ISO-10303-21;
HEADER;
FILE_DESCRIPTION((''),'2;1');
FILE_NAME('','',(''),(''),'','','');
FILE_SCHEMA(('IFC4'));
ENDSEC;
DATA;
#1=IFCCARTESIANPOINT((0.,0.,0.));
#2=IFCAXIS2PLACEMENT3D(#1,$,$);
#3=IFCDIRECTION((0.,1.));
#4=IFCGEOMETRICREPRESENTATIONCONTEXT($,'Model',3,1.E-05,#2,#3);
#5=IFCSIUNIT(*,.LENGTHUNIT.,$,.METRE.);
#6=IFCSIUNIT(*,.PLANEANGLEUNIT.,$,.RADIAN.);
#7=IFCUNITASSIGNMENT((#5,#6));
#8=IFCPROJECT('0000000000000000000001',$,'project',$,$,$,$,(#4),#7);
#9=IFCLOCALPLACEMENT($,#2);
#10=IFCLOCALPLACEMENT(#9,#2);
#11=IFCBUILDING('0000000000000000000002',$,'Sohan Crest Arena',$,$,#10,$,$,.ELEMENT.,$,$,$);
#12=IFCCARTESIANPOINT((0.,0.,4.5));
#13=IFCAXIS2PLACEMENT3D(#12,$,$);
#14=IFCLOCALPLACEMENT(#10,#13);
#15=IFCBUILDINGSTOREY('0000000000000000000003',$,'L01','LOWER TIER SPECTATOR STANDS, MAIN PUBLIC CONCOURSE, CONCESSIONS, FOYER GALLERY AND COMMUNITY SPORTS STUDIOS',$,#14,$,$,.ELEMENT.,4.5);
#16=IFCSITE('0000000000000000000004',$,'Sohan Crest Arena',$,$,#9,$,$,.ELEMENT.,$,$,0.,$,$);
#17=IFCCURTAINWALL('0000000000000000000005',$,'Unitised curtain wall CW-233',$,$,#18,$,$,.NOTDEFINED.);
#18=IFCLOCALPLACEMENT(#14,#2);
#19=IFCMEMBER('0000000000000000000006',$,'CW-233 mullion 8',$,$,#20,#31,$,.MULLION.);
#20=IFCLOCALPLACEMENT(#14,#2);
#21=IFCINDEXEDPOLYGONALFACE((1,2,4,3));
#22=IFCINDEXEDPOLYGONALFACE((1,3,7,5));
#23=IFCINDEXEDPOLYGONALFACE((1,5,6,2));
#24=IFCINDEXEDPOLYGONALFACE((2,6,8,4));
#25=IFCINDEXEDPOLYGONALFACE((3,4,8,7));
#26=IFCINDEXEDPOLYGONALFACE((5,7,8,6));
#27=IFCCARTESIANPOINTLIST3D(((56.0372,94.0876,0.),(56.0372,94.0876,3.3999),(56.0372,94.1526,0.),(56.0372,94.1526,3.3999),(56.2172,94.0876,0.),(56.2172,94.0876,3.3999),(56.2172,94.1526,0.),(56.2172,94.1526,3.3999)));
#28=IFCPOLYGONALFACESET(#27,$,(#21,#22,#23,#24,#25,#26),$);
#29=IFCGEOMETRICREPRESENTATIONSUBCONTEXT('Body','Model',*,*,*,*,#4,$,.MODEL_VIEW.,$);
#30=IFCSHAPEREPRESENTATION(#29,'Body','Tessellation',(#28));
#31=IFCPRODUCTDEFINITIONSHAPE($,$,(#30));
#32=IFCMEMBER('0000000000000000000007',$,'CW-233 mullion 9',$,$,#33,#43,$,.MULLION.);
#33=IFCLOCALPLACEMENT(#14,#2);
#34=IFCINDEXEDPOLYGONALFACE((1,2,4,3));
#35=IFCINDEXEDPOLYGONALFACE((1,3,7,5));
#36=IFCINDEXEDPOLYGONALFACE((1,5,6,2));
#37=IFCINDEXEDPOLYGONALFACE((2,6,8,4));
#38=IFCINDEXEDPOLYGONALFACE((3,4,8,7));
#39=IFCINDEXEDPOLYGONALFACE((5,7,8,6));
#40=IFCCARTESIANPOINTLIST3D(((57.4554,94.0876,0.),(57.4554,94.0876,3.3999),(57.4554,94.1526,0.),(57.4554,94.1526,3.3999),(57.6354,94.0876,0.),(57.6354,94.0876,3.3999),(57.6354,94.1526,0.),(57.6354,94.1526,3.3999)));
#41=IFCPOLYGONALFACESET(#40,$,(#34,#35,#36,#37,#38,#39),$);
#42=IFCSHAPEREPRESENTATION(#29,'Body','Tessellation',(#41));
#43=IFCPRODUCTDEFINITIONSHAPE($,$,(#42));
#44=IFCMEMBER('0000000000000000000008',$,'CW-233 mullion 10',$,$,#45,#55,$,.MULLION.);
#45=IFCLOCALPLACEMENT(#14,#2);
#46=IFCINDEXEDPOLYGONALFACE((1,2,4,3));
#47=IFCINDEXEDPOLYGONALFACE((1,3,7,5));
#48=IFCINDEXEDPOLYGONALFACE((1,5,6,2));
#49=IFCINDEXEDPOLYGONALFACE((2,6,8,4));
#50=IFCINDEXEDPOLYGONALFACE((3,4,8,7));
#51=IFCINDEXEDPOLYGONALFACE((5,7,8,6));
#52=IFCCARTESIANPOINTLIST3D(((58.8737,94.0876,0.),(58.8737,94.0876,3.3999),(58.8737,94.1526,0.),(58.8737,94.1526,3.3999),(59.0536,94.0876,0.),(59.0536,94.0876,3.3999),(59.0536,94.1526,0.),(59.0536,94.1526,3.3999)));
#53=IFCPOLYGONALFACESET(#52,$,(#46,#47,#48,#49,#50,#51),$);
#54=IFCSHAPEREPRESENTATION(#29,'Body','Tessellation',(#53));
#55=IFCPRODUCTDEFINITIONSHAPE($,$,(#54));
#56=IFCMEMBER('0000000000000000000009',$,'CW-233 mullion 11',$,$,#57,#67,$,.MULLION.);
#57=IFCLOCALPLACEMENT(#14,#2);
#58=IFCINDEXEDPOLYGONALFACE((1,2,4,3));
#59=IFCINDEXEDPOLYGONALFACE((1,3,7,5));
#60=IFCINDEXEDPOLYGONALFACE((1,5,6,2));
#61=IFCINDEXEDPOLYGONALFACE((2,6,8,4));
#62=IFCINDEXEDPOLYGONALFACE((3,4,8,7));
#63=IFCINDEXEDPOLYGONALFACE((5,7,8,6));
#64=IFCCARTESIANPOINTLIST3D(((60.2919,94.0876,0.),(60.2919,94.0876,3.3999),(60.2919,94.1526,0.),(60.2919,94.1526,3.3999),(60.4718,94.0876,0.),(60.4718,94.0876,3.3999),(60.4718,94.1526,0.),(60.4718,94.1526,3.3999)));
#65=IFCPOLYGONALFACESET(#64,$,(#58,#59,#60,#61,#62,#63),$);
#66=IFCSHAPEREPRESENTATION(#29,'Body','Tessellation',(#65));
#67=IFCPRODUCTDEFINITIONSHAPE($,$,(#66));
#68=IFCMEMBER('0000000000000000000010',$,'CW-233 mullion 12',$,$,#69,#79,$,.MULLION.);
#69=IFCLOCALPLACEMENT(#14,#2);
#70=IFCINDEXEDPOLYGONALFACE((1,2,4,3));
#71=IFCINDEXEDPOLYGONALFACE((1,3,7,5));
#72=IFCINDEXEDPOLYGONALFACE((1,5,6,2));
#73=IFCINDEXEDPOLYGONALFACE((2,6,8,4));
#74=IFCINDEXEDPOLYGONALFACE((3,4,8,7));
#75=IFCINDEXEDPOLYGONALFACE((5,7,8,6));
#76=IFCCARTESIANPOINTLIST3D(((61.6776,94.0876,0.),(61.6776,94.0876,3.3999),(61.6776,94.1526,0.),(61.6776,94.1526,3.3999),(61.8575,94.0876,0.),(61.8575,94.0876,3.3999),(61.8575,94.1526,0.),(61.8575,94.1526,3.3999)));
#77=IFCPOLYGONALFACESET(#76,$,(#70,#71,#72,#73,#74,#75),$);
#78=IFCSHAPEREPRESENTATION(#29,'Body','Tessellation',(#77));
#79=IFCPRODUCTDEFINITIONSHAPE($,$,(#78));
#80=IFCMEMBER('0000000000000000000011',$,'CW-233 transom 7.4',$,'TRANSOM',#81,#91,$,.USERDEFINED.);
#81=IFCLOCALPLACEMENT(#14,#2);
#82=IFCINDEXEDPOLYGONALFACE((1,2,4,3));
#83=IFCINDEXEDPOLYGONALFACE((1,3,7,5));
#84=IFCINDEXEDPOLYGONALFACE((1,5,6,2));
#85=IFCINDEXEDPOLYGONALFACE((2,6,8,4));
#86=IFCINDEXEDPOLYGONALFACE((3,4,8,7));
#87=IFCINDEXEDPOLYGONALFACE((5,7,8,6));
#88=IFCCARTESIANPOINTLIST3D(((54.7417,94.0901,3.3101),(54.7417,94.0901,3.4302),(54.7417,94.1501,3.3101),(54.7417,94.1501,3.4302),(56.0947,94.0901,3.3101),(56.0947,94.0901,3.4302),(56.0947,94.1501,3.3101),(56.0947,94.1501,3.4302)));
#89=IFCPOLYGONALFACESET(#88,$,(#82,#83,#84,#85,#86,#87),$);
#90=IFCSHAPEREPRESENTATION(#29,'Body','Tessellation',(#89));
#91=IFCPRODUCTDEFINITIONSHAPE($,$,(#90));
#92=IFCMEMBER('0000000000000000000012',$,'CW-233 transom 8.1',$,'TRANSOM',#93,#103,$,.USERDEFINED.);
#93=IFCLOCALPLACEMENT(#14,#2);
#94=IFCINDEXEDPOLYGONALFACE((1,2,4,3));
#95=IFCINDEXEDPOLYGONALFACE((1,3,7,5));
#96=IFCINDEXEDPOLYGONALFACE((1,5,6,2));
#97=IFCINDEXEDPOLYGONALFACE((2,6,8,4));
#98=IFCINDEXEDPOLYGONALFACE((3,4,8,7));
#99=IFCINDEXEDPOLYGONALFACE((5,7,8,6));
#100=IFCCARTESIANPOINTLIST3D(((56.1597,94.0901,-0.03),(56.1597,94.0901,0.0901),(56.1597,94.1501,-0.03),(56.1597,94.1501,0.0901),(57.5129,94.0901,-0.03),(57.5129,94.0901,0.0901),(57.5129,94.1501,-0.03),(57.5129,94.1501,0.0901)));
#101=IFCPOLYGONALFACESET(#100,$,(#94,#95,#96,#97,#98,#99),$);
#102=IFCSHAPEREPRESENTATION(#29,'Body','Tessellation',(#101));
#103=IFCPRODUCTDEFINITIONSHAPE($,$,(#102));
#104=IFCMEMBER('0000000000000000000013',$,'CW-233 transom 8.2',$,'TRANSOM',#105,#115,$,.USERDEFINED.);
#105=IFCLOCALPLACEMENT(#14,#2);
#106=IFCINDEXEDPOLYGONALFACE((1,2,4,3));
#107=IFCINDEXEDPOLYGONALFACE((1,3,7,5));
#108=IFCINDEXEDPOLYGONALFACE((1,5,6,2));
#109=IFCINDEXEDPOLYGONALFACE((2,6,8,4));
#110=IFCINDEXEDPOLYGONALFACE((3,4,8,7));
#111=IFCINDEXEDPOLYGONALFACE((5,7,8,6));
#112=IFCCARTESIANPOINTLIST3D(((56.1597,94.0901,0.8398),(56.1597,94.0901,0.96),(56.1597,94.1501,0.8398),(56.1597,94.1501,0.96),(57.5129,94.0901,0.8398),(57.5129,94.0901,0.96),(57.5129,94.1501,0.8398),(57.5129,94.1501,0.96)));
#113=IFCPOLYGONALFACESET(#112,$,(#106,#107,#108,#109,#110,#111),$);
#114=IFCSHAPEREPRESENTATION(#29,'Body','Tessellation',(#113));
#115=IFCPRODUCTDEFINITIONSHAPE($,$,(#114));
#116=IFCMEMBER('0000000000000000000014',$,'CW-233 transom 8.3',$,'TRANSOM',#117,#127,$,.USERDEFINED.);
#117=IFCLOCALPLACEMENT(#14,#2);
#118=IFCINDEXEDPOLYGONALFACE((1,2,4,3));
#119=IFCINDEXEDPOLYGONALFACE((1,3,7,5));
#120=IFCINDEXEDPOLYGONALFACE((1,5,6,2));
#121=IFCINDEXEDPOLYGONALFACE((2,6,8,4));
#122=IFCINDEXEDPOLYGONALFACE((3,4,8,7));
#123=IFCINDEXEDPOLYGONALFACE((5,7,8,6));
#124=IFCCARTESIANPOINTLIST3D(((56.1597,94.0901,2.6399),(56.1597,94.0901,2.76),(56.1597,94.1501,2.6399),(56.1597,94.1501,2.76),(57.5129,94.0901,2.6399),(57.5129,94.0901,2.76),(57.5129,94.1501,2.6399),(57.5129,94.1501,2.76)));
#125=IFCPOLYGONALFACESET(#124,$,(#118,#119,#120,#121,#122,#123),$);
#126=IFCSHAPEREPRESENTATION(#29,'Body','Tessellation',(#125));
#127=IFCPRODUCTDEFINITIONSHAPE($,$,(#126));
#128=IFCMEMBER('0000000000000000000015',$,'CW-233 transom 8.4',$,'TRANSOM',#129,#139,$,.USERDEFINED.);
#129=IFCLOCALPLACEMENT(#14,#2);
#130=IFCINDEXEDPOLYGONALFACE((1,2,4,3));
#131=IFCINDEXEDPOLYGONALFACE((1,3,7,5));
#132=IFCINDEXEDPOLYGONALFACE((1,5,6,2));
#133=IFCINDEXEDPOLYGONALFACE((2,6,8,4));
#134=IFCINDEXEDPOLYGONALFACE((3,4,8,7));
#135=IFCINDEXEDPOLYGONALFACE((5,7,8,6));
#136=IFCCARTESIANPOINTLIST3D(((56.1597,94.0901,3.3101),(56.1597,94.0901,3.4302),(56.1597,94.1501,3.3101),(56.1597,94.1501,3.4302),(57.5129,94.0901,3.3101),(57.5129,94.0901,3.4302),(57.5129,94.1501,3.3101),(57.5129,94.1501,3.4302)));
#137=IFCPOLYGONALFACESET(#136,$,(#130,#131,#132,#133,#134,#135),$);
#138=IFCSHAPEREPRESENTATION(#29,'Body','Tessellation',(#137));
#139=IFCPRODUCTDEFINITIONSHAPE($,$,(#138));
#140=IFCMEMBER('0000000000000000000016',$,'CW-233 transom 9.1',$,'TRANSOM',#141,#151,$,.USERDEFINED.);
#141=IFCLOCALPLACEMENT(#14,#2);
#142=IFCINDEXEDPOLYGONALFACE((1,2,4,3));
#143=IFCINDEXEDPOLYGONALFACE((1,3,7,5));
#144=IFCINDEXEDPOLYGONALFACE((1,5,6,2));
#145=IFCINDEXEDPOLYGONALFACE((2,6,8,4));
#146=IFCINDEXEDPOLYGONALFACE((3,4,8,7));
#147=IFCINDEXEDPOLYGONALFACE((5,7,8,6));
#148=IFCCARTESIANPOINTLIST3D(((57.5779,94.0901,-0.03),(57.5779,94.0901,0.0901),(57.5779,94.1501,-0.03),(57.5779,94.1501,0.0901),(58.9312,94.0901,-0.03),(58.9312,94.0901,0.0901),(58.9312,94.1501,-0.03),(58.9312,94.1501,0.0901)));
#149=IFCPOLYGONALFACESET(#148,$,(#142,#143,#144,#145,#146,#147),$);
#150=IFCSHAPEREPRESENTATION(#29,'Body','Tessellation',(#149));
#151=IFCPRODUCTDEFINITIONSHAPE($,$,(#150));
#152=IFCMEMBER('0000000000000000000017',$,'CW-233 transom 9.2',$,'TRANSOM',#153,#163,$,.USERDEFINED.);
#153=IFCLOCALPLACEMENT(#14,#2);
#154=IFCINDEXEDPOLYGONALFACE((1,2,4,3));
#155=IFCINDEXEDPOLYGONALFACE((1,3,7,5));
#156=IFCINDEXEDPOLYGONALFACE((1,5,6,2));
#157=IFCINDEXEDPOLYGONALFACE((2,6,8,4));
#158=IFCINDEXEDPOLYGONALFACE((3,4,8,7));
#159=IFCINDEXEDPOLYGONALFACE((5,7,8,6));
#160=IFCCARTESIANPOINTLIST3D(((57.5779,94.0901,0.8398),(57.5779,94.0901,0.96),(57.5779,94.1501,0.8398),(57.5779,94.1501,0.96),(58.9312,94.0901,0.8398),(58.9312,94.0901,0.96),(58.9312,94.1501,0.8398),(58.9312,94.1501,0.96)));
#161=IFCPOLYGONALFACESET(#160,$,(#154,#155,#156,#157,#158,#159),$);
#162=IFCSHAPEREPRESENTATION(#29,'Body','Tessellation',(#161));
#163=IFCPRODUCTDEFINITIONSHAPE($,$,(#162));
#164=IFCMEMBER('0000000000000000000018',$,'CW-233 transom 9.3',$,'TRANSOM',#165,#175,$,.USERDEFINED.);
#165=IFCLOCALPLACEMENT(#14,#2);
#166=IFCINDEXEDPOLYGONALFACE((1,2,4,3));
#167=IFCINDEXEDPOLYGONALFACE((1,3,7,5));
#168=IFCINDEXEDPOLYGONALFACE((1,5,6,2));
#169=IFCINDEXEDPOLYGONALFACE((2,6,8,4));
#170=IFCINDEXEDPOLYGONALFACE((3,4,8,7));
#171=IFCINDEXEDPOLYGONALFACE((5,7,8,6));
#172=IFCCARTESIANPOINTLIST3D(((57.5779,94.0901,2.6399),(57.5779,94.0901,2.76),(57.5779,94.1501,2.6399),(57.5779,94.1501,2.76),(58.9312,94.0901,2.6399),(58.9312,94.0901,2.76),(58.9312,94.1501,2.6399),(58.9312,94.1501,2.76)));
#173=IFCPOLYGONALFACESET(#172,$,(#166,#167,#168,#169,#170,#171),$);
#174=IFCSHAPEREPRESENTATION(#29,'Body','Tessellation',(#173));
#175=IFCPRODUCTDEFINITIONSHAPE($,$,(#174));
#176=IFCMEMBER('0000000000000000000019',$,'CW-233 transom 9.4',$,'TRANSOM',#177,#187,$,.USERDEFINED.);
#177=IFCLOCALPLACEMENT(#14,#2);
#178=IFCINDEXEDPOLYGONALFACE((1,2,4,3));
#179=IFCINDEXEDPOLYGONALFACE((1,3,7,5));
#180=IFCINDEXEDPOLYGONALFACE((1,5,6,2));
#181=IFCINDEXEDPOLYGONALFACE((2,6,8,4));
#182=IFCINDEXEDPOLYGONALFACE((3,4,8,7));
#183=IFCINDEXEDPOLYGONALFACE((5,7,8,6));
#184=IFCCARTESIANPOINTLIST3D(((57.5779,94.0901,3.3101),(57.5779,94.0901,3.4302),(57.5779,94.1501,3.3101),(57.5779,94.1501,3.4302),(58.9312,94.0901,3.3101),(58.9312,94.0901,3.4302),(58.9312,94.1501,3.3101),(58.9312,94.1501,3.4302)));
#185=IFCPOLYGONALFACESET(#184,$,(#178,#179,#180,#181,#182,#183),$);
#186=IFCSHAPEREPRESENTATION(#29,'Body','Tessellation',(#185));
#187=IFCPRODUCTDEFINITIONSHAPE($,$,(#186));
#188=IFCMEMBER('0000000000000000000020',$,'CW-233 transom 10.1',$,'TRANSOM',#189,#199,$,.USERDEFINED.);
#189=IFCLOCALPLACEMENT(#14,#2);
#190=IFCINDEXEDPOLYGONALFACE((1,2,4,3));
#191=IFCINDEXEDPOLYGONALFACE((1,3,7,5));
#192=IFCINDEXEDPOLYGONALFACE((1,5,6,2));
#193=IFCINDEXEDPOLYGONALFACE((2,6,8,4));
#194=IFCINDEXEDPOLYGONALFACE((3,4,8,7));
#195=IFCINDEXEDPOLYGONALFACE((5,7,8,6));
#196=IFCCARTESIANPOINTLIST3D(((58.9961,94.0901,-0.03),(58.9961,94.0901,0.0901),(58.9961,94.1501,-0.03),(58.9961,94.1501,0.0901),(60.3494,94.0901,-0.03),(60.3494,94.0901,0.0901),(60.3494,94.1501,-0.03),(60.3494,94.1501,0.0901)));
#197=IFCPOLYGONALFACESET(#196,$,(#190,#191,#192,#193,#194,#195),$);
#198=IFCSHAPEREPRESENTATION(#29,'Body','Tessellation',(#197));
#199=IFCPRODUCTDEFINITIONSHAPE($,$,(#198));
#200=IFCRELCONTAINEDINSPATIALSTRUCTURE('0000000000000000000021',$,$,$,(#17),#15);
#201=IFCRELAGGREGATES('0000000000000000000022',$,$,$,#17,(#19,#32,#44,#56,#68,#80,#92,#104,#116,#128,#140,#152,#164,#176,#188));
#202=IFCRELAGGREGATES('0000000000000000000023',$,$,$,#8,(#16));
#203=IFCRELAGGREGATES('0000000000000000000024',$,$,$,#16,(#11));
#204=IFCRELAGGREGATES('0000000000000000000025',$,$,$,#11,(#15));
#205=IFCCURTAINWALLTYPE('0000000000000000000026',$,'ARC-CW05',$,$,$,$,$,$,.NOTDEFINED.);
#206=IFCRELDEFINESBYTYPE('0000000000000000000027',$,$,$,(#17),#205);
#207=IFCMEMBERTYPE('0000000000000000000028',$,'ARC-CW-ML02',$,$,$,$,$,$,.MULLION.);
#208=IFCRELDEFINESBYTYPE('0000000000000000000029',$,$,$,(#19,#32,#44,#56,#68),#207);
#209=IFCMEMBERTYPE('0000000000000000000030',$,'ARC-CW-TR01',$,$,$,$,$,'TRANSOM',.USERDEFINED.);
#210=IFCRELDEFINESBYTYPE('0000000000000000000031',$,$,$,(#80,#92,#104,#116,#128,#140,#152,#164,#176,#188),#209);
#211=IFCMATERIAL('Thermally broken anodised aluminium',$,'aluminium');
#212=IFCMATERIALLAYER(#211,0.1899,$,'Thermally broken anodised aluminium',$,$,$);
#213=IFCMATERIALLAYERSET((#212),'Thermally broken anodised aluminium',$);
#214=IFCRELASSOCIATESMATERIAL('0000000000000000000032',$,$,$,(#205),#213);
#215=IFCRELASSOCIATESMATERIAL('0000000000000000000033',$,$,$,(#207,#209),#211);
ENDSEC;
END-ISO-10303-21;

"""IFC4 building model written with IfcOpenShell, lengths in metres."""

from ifc_helpers import new_model, si_unit, direction, frame, origin, origin_2d, place, context, subcontext, project, spatial, rectangle, extrude, material, layer, layer_set, material_profile, profile_set, type_object, element, aggregate, save


model = new_model("IFC4")

# Units and contexts
model_context = context("Model", 3, precision=1e-05, world=origin(), true_north=direction((0.0, 1.0)))
body_context = subcontext(model_context, "Body", "Model", "MODEL_VIEW")
ifc_project = project(units=[si_unit("LENGTHUNIT", "METRE"), si_unit("PLANEANGLEUNIT", "RADIAN")], contexts=[model_context])

# Site, building, storey
site_placement = place(None, origin())
site = spatial("IfcSite", under=ifc_project, at=site_placement, Name="Sohan Crest Arena", CompositionType="ELEMENT", RefElevation=0.0)
building_placement = place(site_placement, origin())
building = spatial("IfcBuilding", under=site, at=building_placement, Name="Sohan Crest Arena", CompositionType="ELEMENT")
storey_placement = place(building_placement, frame((0.0, 0.0, 4.5)))
storey = spatial("IfcBuildingStorey", under=building, at=storey_placement, Name="L01", Description="LOWER TIER SPECTATOR STANDS, MAIN PUBLIC CONCOURSE, CONCESSIONS, FOYER GALLERY AND COMMUNITY SPORTS STUDIOS", CompositionType="ELEMENT", Elevation=4.5)

# Curtain wall, members
ifc_material_1 = material(Name="Thermally broken anodised aluminium", Category="aluminium")
ifc_layer_1 = layer(ifc_material_1, 0.1899, Name="Thermally broken anodised aluminium")
ifc_layer_set_1 = layer_set([ifc_layer_1], Name="Thermally broken anodised aluminium")
curtain_wall_type = type_object("IfcCurtainWallType", Name="ARC-CW05", PredefinedType="NOTDEFINED", material=ifc_layer_set_1)
curtain_wall_1_placement = place(storey_placement, origin())
curtain_wall_1 = element("IfcCurtainWall", 1, at=curtain_wall_1_placement, inside=storey, type_object=curtain_wall_type, Name="Unitised curtain wall CW-233", PredefinedType="NOTDEFINED")
ifc_material_profile_1 = material_profile(ifc_material_1, rectangle(XDim=0.0649, YDim=0.1799, at=origin_2d()), Name="ALU-MULL 65x180")
ifc_profile_set_1 = profile_set([ifc_material_profile_1], Name="Thermally broken anodised aluminium")
member_type_1 = type_object("IfcMemberType", Name="ARC-CW-ML02", PredefinedType="MULLION", material=ifc_profile_set_1)
member_1_placement = place(storey_placement, frame((56.1272, 94.1201, 0.0), z_axis=(0.0, 0.0, 1.0), x_axis=(0.0, 1.0, 0.0)))
member_1 = element("IfcMember", 2, at=member_1_placement, type_object=member_type_1, Name="CW-233 mullion 8", PredefinedType="MULLION", context=body_context, shape_type="SweptSolid", body=[
    extrude(rectangle(XDim=0.0649, YDim=0.1799, at=origin_2d()), origin(), (0.0, 0.0, 1.0), 3.3999),
])
member_2_placement = place(storey_placement, frame((57.5454, 94.1201, 0.0), z_axis=(0.0, 0.0, 1.0), x_axis=(0.0, 1.0, 0.0)))
member_2 = element("IfcMember", 3, at=member_2_placement, type_object=member_type_1, Name="CW-233 mullion 9", PredefinedType="MULLION", context=body_context, shape_type="SweptSolid", body=[
    extrude(rectangle(XDim=0.0649, YDim=0.1799, at=origin_2d()), origin(), (0.0, 0.0, 1.0), 3.3999),
])
member_3_placement = place(storey_placement, frame((58.9636, 94.1201, 0.0), z_axis=(0.0, 0.0, 1.0), x_axis=(0.0, 1.0, 0.0)))
member_3 = element("IfcMember", 4, at=member_3_placement, type_object=member_type_1, Name="CW-233 mullion 10", PredefinedType="MULLION", context=body_context, shape_type="SweptSolid", body=[
    extrude(rectangle(XDim=0.0649, YDim=0.1799, at=origin_2d()), origin(), (0.0, 0.0, 1.0), 3.3999),
])
member_4_placement = place(storey_placement, frame((60.3818, 94.1201, 0.0), z_axis=(0.0, 0.0, 1.0), x_axis=(0.0, 1.0, 0.0)))
member_4 = element("IfcMember", 5, at=member_4_placement, type_object=member_type_1, Name="CW-233 mullion 11", PredefinedType="MULLION", context=body_context, shape_type="SweptSolid", body=[
    extrude(rectangle(XDim=0.0649, YDim=0.1799, at=origin_2d()), origin(), (0.0, 0.0, 1.0), 3.3999),
])
member_5_placement = place(storey_placement, frame((61.7676, 94.1201, 0.0), z_axis=(0.0, 0.0, 1.0), x_axis=(0.0, 1.0, 0.0)))
member_5 = element("IfcMember", 6, at=member_5_placement, type_object=member_type_1, Name="CW-233 mullion 12", PredefinedType="MULLION", context=body_context, shape_type="SweptSolid", body=[
    extrude(rectangle(XDim=0.0649, YDim=0.1799, at=origin_2d()), origin(), (0.0, 0.0, 1.0), 3.3999),
])
ifc_material_profile_2 = material_profile(ifc_material_1, rectangle(XDim=0.0601, YDim=0.1201, at=origin_2d()), Name="ALU-TRAN 60x120")
ifc_profile_set_2 = profile_set([ifc_material_profile_2], Name="Thermally broken anodised aluminium")
member_type_2 = type_object("IfcMemberType", Name="ARC-CW-TR01", ElementType="TRANSOM", PredefinedType="USERDEFINED", material=ifc_profile_set_2)
member_6_placement = place(storey_placement, frame((54.7417, 94.1201, 3.3701), z_axis=(1.0, 0.0, 0.0), x_axis=(0.0, 1.0, 0.0)))
member_6 = element("IfcMember", 7, at=member_6_placement, type_object=member_type_2, Name="CW-233 transom 7.4", ObjectType="TRANSOM", PredefinedType="USERDEFINED", context=body_context, shape_type="SweptSolid", body=[
    extrude(rectangle(XDim=0.0601, YDim=0.1201, at=origin_2d()), origin(), (0.0, 0.0, 1.0), 1.353),
])
member_7_placement = place(storey_placement, frame((56.1597, 94.1201, 0.03), z_axis=(1.0, 0.0, 0.0), x_axis=(0.0, 1.0, 0.0)))
member_7 = element("IfcMember", 8, at=member_7_placement, type_object=member_type_2, Name="CW-233 transom 8.1", ObjectType="TRANSOM", PredefinedType="USERDEFINED", context=body_context, shape_type="SweptSolid", body=[
    extrude(rectangle(XDim=0.0601, YDim=0.1201, at=origin_2d()), origin(), (0.0, 0.0, 1.0), 1.3533),
])
member_8_placement = place(storey_placement, frame((56.1597, 94.1201, 0.8999), z_axis=(1.0, 0.0, 0.0), x_axis=(0.0, 1.0, 0.0)))
member_8 = element("IfcMember", 9, at=member_8_placement, type_object=member_type_2, Name="CW-233 transom 8.2", ObjectType="TRANSOM", PredefinedType="USERDEFINED", context=body_context, shape_type="SweptSolid", body=[
    extrude(rectangle(XDim=0.0601, YDim=0.1201, at=origin_2d()), origin(), (0.0, 0.0, 1.0), 1.3533),
])
member_9_placement = place(storey_placement, frame((56.1597, 94.1201, 2.7), z_axis=(1.0, 0.0, 0.0), x_axis=(0.0, 1.0, 0.0)))
member_9 = element("IfcMember", 10, at=member_9_placement, type_object=member_type_2, Name="CW-233 transom 8.3", ObjectType="TRANSOM", PredefinedType="USERDEFINED", context=body_context, shape_type="SweptSolid", body=[
    extrude(rectangle(XDim=0.0601, YDim=0.1201, at=origin_2d()), origin(), (0.0, 0.0, 1.0), 1.3533),
])
member_10_placement = place(storey_placement, frame((56.1597, 94.1201, 3.3701), z_axis=(1.0, 0.0, 0.0), x_axis=(0.0, 1.0, 0.0)))
member_10 = element("IfcMember", 11, at=member_10_placement, type_object=member_type_2, Name="CW-233 transom 8.4", ObjectType="TRANSOM", PredefinedType="USERDEFINED", context=body_context, shape_type="SweptSolid", body=[
    extrude(rectangle(XDim=0.0601, YDim=0.1201, at=origin_2d()), origin(), (0.0, 0.0, 1.0), 1.3533),
])
member_11_placement = place(storey_placement, frame((57.5779, 94.1201, 0.03), z_axis=(1.0, 0.0, 0.0), x_axis=(0.0, 1.0, 0.0)))
member_11 = element("IfcMember", 12, at=member_11_placement, type_object=member_type_2, Name="CW-233 transom 9.1", ObjectType="TRANSOM", PredefinedType="USERDEFINED", context=body_context, shape_type="SweptSolid", body=[
    extrude(rectangle(XDim=0.0601, YDim=0.1201, at=origin_2d()), origin(), (0.0, 0.0, 1.0), 1.3533),
])
member_12_placement = place(storey_placement, frame((57.5779, 94.1201, 0.8999), z_axis=(1.0, 0.0, 0.0), x_axis=(0.0, 1.0, 0.0)))
member_12 = element("IfcMember", 13, at=member_12_placement, type_object=member_type_2, Name="CW-233 transom 9.2", ObjectType="TRANSOM", PredefinedType="USERDEFINED", context=body_context, shape_type="SweptSolid", body=[
    extrude(rectangle(XDim=0.0601, YDim=0.1201, at=origin_2d()), origin(), (0.0, 0.0, 1.0), 1.3533),
])
member_13_placement = place(storey_placement, frame((57.5779, 94.1201, 2.7), z_axis=(1.0, 0.0, 0.0), x_axis=(0.0, 1.0, 0.0)))
member_13 = element("IfcMember", 14, at=member_13_placement, type_object=member_type_2, Name="CW-233 transom 9.3", ObjectType="TRANSOM", PredefinedType="USERDEFINED", context=body_context, shape_type="SweptSolid", body=[
    extrude(rectangle(XDim=0.0601, YDim=0.1201, at=origin_2d()), origin(), (0.0, 0.0, 1.0), 1.3533),
])
member_14_placement = place(storey_placement, frame((57.5779, 94.1201, 3.3701), z_axis=(1.0, 0.0, 0.0), x_axis=(0.0, 1.0, 0.0)))
member_14 = element("IfcMember", 15, at=member_14_placement, type_object=member_type_2, Name="CW-233 transom 9.4", ObjectType="TRANSOM", PredefinedType="USERDEFINED", context=body_context, shape_type="SweptSolid", body=[
    extrude(rectangle(XDim=0.0601, YDim=0.1201, at=origin_2d()), origin(), (0.0, 0.0, 1.0), 1.3533),
])
member_15_placement = place(storey_placement, frame((58.9961, 94.1201, 0.03), z_axis=(1.0, 0.0, 0.0), x_axis=(0.0, 1.0, 0.0)))
member_15 = element("IfcMember", 16, at=member_15_placement, type_object=member_type_2, Name="CW-233 transom 10.1", ObjectType="TRANSOM", PredefinedType="USERDEFINED", context=body_context, shape_type="SweptSolid", body=[
    extrude(rectangle(XDim=0.0601, YDim=0.1201, at=origin_2d()), origin(), (0.0, 0.0, 1.0), 1.3533),
])
aggregate(curtain_wall_1, [member_1, member_2, member_3, member_4, member_5, member_6, member_7, member_8, member_9, member_10, member_11, member_12, member_13, member_14, member_15])

save(model, "model.ifc")
